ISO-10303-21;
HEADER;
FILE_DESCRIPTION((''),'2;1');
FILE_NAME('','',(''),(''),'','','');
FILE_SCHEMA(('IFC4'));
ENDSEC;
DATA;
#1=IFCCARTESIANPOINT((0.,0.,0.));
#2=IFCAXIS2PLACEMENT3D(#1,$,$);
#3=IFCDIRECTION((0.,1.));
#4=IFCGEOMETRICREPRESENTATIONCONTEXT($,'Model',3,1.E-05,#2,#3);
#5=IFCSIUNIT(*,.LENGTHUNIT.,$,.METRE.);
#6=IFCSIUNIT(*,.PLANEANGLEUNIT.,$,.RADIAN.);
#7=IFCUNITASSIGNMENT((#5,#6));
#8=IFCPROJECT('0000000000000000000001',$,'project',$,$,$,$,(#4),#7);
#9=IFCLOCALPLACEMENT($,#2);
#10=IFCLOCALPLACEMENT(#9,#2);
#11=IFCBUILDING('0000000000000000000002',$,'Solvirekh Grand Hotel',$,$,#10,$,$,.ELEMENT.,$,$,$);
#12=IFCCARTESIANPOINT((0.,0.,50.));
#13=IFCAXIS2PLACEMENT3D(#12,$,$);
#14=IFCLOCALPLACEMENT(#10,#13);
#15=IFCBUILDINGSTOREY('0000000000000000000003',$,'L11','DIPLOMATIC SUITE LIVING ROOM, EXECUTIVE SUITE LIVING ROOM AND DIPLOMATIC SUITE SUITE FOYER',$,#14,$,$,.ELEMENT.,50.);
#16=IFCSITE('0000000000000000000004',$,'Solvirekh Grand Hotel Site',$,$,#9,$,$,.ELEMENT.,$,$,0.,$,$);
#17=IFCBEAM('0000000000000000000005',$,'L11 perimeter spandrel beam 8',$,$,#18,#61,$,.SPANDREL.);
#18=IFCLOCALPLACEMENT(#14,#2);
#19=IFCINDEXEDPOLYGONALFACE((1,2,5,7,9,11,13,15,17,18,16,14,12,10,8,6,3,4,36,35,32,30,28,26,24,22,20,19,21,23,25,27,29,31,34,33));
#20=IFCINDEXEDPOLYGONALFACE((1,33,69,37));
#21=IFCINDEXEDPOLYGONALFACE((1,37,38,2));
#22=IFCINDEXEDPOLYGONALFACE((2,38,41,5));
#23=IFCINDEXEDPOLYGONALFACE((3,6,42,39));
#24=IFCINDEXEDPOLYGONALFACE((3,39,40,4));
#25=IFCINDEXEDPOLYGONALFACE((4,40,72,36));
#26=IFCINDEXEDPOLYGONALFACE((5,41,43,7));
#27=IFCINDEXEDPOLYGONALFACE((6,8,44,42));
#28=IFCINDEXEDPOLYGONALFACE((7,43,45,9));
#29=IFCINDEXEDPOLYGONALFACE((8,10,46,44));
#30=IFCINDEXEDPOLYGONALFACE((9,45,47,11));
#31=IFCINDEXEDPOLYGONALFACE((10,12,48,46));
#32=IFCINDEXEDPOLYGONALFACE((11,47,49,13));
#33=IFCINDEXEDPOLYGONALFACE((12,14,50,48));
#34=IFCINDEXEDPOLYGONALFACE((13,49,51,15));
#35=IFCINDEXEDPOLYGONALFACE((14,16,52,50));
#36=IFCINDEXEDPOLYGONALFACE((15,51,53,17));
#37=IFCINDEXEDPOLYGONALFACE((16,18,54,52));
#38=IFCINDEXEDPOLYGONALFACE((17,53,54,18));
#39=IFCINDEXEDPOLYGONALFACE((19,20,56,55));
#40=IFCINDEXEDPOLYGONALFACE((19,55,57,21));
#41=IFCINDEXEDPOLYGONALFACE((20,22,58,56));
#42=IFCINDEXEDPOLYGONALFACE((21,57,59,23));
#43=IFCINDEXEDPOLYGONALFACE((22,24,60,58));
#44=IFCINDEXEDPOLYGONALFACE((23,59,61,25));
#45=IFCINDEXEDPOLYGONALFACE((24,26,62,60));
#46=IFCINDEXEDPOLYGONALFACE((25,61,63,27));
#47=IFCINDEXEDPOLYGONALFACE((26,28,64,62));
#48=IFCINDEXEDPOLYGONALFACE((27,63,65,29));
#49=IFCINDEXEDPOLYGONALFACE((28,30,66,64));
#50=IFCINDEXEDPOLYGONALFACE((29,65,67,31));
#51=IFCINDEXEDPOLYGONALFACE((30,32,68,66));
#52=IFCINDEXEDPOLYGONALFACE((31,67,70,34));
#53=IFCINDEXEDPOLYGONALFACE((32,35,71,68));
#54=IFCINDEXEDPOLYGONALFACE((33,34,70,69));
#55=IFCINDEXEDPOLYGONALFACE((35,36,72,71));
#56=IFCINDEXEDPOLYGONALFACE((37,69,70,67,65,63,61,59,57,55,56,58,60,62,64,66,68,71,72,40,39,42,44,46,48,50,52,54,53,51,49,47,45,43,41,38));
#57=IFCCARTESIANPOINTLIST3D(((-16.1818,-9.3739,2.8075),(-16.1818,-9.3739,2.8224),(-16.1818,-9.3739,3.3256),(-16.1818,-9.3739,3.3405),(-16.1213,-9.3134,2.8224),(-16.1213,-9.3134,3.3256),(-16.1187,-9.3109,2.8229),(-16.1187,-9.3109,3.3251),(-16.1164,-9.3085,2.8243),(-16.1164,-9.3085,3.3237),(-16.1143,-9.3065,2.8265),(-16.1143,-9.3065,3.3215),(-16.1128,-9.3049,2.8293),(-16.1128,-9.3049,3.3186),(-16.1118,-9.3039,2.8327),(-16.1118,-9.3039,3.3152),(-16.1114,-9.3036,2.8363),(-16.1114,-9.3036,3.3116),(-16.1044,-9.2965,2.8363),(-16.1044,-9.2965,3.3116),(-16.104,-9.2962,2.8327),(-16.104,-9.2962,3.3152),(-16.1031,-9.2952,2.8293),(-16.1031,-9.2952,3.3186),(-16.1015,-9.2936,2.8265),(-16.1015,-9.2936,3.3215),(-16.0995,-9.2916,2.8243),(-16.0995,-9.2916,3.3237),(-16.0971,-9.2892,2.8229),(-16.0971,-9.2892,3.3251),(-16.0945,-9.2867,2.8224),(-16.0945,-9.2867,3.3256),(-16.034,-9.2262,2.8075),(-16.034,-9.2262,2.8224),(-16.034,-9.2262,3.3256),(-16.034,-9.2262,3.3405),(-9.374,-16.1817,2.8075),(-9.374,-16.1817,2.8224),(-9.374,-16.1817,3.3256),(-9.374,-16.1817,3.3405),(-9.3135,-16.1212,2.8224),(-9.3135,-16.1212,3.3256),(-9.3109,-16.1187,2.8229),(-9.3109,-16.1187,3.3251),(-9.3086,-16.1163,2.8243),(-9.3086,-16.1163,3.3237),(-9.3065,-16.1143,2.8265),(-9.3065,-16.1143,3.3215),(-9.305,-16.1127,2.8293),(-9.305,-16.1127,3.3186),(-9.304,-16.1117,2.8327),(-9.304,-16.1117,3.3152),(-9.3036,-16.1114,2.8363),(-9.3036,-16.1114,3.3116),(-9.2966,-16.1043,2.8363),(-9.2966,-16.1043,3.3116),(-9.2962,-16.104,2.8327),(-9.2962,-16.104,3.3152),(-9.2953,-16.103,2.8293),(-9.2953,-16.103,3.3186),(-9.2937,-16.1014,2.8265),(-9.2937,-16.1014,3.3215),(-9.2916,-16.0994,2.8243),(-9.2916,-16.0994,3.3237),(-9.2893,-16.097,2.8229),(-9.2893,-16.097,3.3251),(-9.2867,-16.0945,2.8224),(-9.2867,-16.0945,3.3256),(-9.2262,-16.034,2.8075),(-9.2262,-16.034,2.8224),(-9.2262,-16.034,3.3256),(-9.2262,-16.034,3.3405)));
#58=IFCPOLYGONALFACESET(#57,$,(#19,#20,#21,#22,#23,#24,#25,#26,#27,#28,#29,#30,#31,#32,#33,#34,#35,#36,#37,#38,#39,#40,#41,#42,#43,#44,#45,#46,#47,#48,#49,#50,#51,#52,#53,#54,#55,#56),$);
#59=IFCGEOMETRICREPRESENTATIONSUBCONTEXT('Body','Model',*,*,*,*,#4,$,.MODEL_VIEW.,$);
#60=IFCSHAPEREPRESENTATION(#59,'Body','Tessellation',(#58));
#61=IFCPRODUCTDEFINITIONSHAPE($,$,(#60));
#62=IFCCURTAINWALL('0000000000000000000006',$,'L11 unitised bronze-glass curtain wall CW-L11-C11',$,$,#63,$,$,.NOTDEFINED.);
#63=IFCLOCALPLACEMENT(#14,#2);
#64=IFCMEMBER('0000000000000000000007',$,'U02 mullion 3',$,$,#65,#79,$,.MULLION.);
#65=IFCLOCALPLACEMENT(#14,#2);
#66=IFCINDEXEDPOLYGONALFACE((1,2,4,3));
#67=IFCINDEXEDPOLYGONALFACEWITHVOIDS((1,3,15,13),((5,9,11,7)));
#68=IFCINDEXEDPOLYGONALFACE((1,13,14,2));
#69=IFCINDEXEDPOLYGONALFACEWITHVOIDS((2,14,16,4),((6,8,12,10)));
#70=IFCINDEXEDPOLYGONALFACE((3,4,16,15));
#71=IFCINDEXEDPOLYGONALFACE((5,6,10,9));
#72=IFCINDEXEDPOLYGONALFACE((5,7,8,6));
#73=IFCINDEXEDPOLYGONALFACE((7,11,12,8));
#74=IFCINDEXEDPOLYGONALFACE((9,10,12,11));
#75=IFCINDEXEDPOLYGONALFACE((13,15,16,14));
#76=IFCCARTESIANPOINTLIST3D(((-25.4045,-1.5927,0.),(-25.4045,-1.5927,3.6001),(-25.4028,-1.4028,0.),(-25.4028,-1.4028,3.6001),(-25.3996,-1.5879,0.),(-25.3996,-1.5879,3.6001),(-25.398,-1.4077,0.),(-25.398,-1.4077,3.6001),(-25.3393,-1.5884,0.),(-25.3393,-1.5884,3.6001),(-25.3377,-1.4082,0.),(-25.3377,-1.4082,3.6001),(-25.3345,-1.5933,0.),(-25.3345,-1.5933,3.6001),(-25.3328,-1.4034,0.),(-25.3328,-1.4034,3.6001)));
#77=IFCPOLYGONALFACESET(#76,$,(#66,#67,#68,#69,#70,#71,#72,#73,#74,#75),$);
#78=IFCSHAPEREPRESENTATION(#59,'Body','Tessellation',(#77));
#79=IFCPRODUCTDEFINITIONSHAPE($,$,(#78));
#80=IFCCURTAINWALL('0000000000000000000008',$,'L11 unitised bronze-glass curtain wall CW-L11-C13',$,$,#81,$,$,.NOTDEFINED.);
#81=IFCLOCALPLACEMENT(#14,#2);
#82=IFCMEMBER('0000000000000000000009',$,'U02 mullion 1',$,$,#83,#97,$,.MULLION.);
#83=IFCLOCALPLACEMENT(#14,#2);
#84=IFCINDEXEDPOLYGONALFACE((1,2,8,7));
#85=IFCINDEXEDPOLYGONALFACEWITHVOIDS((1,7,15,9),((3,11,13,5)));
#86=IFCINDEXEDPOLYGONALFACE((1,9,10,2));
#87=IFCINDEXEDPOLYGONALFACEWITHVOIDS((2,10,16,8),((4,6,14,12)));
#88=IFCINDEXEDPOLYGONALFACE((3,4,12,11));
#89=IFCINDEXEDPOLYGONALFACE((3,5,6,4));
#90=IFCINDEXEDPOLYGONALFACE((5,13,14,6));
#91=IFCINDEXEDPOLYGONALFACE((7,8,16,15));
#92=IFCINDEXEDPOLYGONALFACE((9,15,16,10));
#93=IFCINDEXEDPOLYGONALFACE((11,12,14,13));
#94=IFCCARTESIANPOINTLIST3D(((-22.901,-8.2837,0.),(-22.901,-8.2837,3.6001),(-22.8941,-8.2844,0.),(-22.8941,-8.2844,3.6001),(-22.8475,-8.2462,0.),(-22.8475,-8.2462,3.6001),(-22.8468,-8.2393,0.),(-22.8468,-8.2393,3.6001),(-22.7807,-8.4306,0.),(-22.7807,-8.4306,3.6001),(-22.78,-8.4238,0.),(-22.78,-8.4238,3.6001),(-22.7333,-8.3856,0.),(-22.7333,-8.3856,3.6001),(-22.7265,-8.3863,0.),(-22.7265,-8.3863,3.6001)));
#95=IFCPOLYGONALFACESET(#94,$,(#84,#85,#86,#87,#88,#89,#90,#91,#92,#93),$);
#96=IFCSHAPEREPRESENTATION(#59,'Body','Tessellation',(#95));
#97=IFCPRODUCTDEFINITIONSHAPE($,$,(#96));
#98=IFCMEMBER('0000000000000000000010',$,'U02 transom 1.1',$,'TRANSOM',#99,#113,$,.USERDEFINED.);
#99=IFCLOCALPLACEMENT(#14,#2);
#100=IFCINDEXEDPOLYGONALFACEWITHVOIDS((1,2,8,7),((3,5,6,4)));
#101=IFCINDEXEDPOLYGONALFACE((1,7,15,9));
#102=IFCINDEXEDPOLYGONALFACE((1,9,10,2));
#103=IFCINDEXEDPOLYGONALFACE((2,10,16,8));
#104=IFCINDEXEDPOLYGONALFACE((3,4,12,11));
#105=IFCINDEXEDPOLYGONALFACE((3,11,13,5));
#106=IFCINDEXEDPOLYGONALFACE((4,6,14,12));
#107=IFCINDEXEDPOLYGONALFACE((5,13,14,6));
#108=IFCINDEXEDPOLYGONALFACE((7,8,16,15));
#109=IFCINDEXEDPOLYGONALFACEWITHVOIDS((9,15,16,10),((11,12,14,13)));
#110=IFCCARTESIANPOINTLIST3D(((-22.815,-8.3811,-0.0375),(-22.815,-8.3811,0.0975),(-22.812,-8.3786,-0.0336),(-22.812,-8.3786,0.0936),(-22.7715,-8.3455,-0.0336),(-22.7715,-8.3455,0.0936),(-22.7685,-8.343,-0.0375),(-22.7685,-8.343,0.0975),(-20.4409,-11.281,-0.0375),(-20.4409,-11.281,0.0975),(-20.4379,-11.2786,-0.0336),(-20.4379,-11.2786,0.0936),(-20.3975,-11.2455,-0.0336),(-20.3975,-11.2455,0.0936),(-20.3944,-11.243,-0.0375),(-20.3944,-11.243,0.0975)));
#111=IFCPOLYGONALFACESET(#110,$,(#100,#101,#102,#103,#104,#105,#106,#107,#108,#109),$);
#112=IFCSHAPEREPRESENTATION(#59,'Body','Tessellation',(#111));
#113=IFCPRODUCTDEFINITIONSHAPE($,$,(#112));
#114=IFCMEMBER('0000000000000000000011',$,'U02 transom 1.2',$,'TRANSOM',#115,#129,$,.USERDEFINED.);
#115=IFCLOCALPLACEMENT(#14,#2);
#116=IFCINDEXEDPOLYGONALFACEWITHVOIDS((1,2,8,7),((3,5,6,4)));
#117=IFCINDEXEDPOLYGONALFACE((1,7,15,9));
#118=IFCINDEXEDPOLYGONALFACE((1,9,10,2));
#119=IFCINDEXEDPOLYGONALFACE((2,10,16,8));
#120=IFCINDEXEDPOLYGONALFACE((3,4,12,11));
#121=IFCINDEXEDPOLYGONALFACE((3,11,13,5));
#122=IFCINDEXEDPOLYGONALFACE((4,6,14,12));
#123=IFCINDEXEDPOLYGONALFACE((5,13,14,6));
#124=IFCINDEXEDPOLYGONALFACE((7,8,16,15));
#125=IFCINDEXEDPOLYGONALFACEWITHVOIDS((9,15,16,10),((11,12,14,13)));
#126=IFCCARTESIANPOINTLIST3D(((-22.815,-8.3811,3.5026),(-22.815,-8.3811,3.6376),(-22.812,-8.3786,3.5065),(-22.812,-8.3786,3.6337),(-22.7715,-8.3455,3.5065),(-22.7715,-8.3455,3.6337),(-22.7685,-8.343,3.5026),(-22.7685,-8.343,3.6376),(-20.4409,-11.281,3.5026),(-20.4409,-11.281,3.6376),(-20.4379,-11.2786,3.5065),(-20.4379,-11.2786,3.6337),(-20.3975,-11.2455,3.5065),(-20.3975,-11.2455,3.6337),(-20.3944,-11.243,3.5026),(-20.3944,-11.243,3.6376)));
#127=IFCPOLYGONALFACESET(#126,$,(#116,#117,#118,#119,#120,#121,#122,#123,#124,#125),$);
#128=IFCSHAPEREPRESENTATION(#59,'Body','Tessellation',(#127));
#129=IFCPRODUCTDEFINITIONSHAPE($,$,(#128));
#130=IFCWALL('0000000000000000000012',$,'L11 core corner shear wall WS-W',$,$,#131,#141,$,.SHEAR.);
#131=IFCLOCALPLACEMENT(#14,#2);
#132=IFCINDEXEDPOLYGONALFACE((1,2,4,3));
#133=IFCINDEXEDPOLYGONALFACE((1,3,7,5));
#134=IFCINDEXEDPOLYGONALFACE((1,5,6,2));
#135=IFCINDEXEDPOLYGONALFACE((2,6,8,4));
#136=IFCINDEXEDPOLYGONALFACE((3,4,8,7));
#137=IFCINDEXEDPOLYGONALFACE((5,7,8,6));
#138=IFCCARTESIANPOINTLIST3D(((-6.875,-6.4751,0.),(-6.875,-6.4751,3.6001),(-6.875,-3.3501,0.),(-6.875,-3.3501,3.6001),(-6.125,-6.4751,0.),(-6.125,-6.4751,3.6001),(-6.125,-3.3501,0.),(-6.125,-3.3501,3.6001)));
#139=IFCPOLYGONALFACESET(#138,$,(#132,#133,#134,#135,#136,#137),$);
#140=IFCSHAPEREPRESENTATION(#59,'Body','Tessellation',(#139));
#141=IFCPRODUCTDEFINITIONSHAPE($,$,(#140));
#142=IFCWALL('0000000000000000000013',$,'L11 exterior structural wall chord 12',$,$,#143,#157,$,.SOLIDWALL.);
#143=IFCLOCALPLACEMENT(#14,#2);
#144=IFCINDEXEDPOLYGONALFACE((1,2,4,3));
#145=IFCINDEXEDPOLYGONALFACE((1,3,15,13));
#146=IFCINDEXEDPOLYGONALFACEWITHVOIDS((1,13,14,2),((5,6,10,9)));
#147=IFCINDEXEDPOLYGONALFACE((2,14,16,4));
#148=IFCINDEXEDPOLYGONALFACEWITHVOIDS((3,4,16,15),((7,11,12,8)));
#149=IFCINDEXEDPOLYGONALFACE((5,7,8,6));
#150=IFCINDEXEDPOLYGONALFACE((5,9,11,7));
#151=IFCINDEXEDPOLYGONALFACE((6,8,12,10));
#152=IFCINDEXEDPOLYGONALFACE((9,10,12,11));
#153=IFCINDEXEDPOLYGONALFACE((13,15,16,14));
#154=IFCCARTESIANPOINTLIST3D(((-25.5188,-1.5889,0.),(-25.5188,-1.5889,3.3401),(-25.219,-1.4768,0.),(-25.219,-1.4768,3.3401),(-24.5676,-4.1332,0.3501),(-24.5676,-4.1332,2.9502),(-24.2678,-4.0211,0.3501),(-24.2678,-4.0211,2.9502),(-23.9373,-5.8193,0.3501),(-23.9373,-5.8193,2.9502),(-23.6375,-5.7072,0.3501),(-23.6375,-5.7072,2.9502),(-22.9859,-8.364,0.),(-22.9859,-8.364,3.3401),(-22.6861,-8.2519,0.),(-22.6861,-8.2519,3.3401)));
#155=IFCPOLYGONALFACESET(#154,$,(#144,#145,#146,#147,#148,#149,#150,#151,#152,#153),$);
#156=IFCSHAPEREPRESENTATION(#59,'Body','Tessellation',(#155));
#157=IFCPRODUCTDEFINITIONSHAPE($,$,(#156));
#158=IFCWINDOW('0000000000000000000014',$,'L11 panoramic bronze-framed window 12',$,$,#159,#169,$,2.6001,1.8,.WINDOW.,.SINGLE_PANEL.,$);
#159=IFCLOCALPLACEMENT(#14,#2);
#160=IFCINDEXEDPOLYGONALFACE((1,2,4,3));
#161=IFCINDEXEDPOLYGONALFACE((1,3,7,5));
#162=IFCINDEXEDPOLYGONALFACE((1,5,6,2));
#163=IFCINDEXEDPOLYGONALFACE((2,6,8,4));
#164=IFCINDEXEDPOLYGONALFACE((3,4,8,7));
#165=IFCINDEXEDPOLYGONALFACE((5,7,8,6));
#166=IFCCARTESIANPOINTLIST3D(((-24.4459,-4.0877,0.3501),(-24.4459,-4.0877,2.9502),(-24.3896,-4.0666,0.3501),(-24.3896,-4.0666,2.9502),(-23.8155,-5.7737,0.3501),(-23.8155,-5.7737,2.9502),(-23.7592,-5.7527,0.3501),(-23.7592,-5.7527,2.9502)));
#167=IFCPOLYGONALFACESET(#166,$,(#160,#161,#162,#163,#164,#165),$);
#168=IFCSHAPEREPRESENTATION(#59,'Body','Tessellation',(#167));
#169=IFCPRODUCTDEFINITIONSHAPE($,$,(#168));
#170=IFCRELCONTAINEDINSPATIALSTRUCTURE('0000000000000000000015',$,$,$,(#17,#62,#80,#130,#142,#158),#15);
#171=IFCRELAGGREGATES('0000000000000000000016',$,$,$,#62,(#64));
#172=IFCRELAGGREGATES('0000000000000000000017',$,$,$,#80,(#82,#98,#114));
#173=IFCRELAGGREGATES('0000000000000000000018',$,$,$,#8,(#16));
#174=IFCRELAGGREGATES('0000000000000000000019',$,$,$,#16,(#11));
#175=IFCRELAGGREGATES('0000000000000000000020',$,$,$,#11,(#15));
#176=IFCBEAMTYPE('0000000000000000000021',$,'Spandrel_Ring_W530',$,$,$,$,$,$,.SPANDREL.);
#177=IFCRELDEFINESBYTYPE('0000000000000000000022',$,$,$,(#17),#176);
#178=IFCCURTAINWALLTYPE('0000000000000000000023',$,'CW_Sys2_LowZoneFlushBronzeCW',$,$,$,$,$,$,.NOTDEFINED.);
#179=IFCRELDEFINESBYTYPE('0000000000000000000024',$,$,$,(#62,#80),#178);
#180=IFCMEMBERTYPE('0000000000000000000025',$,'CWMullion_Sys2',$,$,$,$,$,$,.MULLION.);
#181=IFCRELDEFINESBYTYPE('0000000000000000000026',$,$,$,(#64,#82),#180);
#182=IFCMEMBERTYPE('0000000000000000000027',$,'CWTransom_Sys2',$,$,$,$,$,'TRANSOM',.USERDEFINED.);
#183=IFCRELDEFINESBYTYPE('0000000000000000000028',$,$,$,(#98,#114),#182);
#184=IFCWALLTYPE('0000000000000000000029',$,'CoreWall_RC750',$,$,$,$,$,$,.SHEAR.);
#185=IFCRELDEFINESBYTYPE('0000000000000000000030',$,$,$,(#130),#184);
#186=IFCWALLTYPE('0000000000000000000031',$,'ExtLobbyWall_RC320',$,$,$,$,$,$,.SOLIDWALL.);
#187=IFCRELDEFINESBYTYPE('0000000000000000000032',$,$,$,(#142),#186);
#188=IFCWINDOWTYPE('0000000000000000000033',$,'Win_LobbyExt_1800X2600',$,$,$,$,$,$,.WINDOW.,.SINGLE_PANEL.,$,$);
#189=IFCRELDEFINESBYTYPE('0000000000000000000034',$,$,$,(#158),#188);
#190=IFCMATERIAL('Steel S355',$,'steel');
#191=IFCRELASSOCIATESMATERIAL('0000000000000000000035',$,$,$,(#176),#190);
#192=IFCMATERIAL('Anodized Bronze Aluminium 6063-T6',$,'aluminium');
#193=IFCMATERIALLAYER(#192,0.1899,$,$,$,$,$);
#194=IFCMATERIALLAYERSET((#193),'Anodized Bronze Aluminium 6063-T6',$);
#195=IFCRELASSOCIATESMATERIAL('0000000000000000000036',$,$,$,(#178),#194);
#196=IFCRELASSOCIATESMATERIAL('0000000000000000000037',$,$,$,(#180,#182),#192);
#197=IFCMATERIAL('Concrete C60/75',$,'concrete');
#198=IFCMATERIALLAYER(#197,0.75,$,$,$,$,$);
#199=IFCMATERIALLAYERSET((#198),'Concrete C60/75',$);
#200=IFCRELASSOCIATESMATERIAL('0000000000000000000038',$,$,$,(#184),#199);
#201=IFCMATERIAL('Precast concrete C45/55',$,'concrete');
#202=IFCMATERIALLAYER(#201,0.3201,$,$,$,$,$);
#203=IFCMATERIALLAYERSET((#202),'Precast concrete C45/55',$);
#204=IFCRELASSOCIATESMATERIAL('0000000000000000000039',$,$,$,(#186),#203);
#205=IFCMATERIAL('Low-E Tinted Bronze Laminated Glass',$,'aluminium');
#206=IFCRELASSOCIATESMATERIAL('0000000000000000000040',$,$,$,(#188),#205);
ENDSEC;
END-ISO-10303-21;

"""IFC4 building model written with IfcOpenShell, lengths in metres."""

from ifc_helpers import new_model, si_unit, direction, frame, frame_2d, origin, origin_2d, place, context, subcontext, project, spatial, rectangle, hollow_rectangle, i_section, extrude, source, transform, mapped, material, layer, layer_set, material_profile, profile_set, type_object, element, fill, aggregate, save


model = new_model("IFC4")

# Units and contexts
model_context = context("Model", 3, precision=1e-05, world=origin(), true_north=direction((0.0, 1.0)))
body_context = subcontext(model_context, "Body", "Model", "MODEL_VIEW")
ifc_project = project(units=[si_unit("LENGTHUNIT", "METRE"), si_unit("PLANEANGLEUNIT", "RADIAN")], contexts=[model_context])

# Site, building, storey
site_placement = place(None, origin())
site = spatial("IfcSite", under=ifc_project, at=site_placement, Name="Solvirekh Grand Hotel Site", CompositionType="ELEMENT", RefElevation=0.0)
building_placement = place(site_placement, origin())
building = spatial("IfcBuilding", under=site, at=building_placement, Name="Solvirekh Grand Hotel", CompositionType="ELEMENT")
storey_placement = place(building_placement, frame((0.0, 0.0, 50.0)))
storey = spatial("IfcBuildingStorey", under=building, at=storey_placement, Name="L11", Description="DIPLOMATIC SUITE LIVING ROOM, EXECUTIVE SUITE LIVING ROOM AND DIPLOMATIC SUITE SUITE FOYER", CompositionType="ELEMENT", Elevation=50.0)

# Shared definitions
ifc_material_1 = material(Name="Concrete C60/75", Category="concrete")

# Beam
ifc_material_2 = material(Name="Steel S355", Category="steel")
ifc_material_profile_1 = material_profile(ifc_material_2, i_section(OverallWidth=0.209, OverallDepth=0.533, WebThickness=0.01, FlangeThickness=0.0149, FilletRadius=0.0139, at=origin_2d()), Name="W530X92")
ifc_profile_set_1 = profile_set([ifc_material_profile_1], Name="Steel S355")
beam_type_1 = type_object("IfcBeamType", Name="Spandrel_Ring_W530", PredefinedType="SPANDREL", material=ifc_profile_set_1)
beam_1_placement = place(storey_placement, frame((-16.1079, -9.3, 3.074), z_axis=(0.707107, -0.707107, 0.0), x_axis=(0.707107, 0.707107, 0.0)))
element("IfcBeam", 1, at=beam_1_placement, inside=storey, type_object=beam_type_1, Name="L11 perimeter spandrel beam 8", PredefinedType="SPANDREL", context=body_context, shape_type="SweptSolid", body=[
    extrude(i_section(OverallWidth=0.209, OverallDepth=0.533, WebThickness=0.01, FlangeThickness=0.0149, FilletRadius=0.0139, at=origin_2d()), origin(), (0.0, 0.0, 1.0), 9.6277),
])

# Curtain wall, member
ifc_material_3 = material(Name="Anodized Bronze Aluminium 6063-T6", Category="aluminium")
ifc_layer_1 = layer(ifc_material_3, 0.1899)
ifc_layer_set_1 = layer_set([ifc_layer_1], Name="Anodized Bronze Aluminium 6063-T6")
curtain_wall_type = type_object("IfcCurtainWallType", Name="CW_Sys2_LowZoneFlushBronzeCW", PredefinedType="NOTDEFINED", material=ifc_layer_set_1)
curtain_wall_1_placement = place(storey_placement, origin())
curtain_wall_1 = element("IfcCurtainWall", 2, at=curtain_wall_1_placement, inside=storey, type_object=curtain_wall_type, Name="L11 unitised bronze-glass curtain wall CW-L11-C11", PredefinedType="NOTDEFINED")
ifc_material_profile_2 = material_profile(ifc_material_3, hollow_rectangle(XDim=0.0701, YDim=0.1899, WallThickness=0.0049, at=origin_2d()), Name="ALU RHS 190X70X5")
ifc_profile_set_2 = profile_set([ifc_material_profile_2], Name="Anodized Bronze Aluminium 6063-T6")
member_type_1 = type_object("IfcMemberType", Name="CWMullion_Sys2", PredefinedType="MULLION", material=ifc_profile_set_2)
shared_shape_1 = source(origin(), body_context, "Body", "SweptSolid", [
    extrude(hollow_rectangle(XDim=0.0701, YDim=0.1899, WallThickness=0.0049, at=origin_2d()), origin(), (0.0, 0.0, 1.0), 3.6001),
])
member_1_placement = place(storey_placement, frame((-25.3687, -1.498, 0.0), z_axis=(0.0, 0.0, 1.0), x_axis=(0.999959, -0.009097, 0.0)))
member_1 = element("IfcMember", 3, at=member_1_placement, type_object=member_type_1, Name="U02 mullion 3", PredefinedType="MULLION", context=body_context, shape_type="MappedRepresentation", body=[
    mapped(shared_shape_1, transform((0.0, 0.0, 0.0), x_axis=(1.0, 0.0, 0.0), y_axis=(0.0, 1.0, 0.0), z_axis=(0.0, 0.0, 1.0), scale=1.0)),
])
aggregate(curtain_wall_1, [member_1])

# Curtain wall, members
curtain_wall_2_placement = place(storey_placement, origin())
curtain_wall_2 = element("IfcCurtainWall", 4, at=curtain_wall_2_placement, inside=storey, type_object=curtain_wall_type, Name="L11 unitised bronze-glass curtain wall CW-L11-C13", PredefinedType="NOTDEFINED")
member_2_placement = place(storey_placement, frame((-22.8137, -8.335, 0.0), z_axis=(0.0, 0.0, 1.0), x_axis=(0.773766, 0.633471, 0.0)))
member_2 = element("IfcMember", 5, at=member_2_placement, type_object=member_type_1, Name="U02 mullion 1", PredefinedType="MULLION", context=body_context, shape_type="MappedRepresentation", body=[
    mapped(shared_shape_1, transform((0.0, 0.0, 0.0), x_axis=(1.0, 0.0, 0.0), y_axis=(0.0, 1.0, 0.0), z_axis=(0.0, 0.0, 1.0), scale=1.0)),
])
ifc_material_profile_3 = material_profile(ifc_material_3, hollow_rectangle(XDim=0.0601, YDim=0.135, WallThickness=0.0039, at=origin_2d()), Name="ALU RHS 135X60X4")
ifc_profile_set_3 = profile_set([ifc_material_profile_3], Name="Anodized Bronze Aluminium 6063-T6")
member_type_2 = type_object("IfcMemberType", Name="CWTransom_Sys2", ElementType="TRANSOM", PredefinedType="USERDEFINED", material=ifc_profile_set_3)
shared_shape_2 = source(origin(), body_context, "Body", "SweptSolid", [
    extrude(hollow_rectangle(XDim=0.0601, YDim=0.135, WallThickness=0.0039, at=origin_2d()), origin(), (0.0, 0.0, 1.0), 3.7478),
])
member_3_placement = place(storey_placement, frame((-22.7917, -8.3621, 0.03), z_axis=(0.633458, -0.773777, 0.0), x_axis=(0.773777, 0.633458, 0.0)))
member_3 = element("IfcMember", 6, at=member_3_placement, type_object=member_type_2, Name="U02 transom 1.1", ObjectType="TRANSOM", PredefinedType="USERDEFINED", context=body_context, shape_type="MappedRepresentation", body=[
    mapped(shared_shape_2, transform((0.0, 0.0, 0.0), x_axis=(1.0, 0.0, 0.0), y_axis=(0.0, 1.0, 0.0), z_axis=(0.0, 0.0, 1.0), scale=1.0)),
])
member_4_placement = place(storey_placement, frame((-22.7917, -8.3621, 3.5701), z_axis=(0.633458, -0.773777, 0.0), x_axis=(0.773777, 0.633458, 0.0)))
member_4 = element("IfcMember", 7, at=member_4_placement, type_object=member_type_2, Name="U02 transom 1.2", ObjectType="TRANSOM", PredefinedType="USERDEFINED", context=body_context, shape_type="MappedRepresentation", body=[
    mapped(shared_shape_2, transform((0.0, 0.0, 0.0), x_axis=(1.0, 0.0, 0.0), y_axis=(0.0, 1.0, 0.0), z_axis=(0.0, 0.0, 1.0), scale=1.0)),
])
aggregate(curtain_wall_2, [member_2, member_3, member_4])

# Wall
ifc_layer_2 = layer(ifc_material_1, 0.75)
ifc_layer_set_2 = layer_set([ifc_layer_2], Name="Concrete C60/75")
wall_type_1 = type_object("IfcWallType", Name="CoreWall_RC750", PredefinedType="SHEAR", material=ifc_layer_set_2)
wall_1_placement = place(storey_placement, frame((-6.5, -6.4751, 0.0), z_axis=(0.0, 0.0, 1.0), x_axis=(0.0, 1.0, 0.0)))
element("IfcWall", 8, at=wall_1_placement, inside=storey, type_object=wall_type_1, Name="L11 core corner shear wall WS-W", PredefinedType="SHEAR", context=body_context, shape_type="SweptSolid", body=[
    extrude(rectangle(XDim=3.125, YDim=0.75, at=frame_2d((1.5625, 0.0))), origin(), (0.0, 0.0, 1.0), 3.6001),
])

# Wall, opening, window
ifc_material_4 = material(Name="Precast concrete C45/55", Category="concrete")
ifc_layer_3 = layer(ifc_material_4, 0.3201)
ifc_layer_set_3 = layer_set([ifc_layer_3], Name="Precast concrete C45/55")
wall_type_2 = type_object("IfcWallType", Name="ExtLobbyWall_RC320", PredefinedType="SOLIDWALL", material=ifc_layer_set_3)
wall_2_placement = place(storey_placement, frame((-22.8359, -8.3081, 0.0), z_axis=(0.0, 0.0, 1.0), x_axis=(-0.350187, 0.93668, 0.0)))
wall_2 = element("IfcWall", 9, at=wall_2_placement, inside=storey, type_object=wall_type_2, Name="L11 exterior structural wall chord 12", PredefinedType="SOLIDWALL", context=body_context, shape_type="SweptSolid", body=[
    extrude(rectangle(XDim=7.2332, YDim=0.3201, at=frame_2d((3.6167, 0.0))), origin(), (0.0, 0.0, 1.0), 3.3401),
])
opening_1_placement = place(wall_2_placement, frame((2.717, 0.0, 0.3501)))
opening_1 = element("IfcOpeningElement", 10, at=opening_1_placement, cuts=wall_2, PredefinedType="OPENING", context=body_context, shape_type="SweptSolid", body=[
    extrude(rectangle(XDim=1.8, YDim=2.6001, at=frame_2d((0.8999, 1.3))), frame((0.0, 0.1699, 0.0), z_axis=(0.0, -1.0, 0.0), x_axis=(1.0, 0.0, 0.0)), (0.0, 0.0, 1.0), 0.3401),
])
ifc_material_5 = material(Name="Low-E Tinted Bronze Laminated Glass", Category="aluminium")
window_type = type_object("IfcWindowType", Name="Win_LobbyExt_1800X2600", PartitioningType="SINGLE_PANEL", PredefinedType="WINDOW", material=ifc_material_5)
window_placement = place(opening_1_placement, origin())
window = element("IfcWindow", 11, at=window_placement, inside=storey, type_object=window_type, Name="L11 panoramic bronze-framed window 12", OverallHeight=2.6001, OverallWidth=1.8, PartitioningType="SINGLE_PANEL", PredefinedType="WINDOW", context=body_context, shape_type="SweptSolid", body=[
    extrude(rectangle(XDim=1.8, YDim=2.6001, at=frame_2d((0.8999, 1.3))), frame((0.0, 0.03, 0.0), z_axis=(0.0, -1.0, 0.0), x_axis=(1.0, 0.0, 0.0)), (0.0, 0.0, 1.0), 0.0601),
])
fill(opening_1, window)

save(model, "model.ifc")
